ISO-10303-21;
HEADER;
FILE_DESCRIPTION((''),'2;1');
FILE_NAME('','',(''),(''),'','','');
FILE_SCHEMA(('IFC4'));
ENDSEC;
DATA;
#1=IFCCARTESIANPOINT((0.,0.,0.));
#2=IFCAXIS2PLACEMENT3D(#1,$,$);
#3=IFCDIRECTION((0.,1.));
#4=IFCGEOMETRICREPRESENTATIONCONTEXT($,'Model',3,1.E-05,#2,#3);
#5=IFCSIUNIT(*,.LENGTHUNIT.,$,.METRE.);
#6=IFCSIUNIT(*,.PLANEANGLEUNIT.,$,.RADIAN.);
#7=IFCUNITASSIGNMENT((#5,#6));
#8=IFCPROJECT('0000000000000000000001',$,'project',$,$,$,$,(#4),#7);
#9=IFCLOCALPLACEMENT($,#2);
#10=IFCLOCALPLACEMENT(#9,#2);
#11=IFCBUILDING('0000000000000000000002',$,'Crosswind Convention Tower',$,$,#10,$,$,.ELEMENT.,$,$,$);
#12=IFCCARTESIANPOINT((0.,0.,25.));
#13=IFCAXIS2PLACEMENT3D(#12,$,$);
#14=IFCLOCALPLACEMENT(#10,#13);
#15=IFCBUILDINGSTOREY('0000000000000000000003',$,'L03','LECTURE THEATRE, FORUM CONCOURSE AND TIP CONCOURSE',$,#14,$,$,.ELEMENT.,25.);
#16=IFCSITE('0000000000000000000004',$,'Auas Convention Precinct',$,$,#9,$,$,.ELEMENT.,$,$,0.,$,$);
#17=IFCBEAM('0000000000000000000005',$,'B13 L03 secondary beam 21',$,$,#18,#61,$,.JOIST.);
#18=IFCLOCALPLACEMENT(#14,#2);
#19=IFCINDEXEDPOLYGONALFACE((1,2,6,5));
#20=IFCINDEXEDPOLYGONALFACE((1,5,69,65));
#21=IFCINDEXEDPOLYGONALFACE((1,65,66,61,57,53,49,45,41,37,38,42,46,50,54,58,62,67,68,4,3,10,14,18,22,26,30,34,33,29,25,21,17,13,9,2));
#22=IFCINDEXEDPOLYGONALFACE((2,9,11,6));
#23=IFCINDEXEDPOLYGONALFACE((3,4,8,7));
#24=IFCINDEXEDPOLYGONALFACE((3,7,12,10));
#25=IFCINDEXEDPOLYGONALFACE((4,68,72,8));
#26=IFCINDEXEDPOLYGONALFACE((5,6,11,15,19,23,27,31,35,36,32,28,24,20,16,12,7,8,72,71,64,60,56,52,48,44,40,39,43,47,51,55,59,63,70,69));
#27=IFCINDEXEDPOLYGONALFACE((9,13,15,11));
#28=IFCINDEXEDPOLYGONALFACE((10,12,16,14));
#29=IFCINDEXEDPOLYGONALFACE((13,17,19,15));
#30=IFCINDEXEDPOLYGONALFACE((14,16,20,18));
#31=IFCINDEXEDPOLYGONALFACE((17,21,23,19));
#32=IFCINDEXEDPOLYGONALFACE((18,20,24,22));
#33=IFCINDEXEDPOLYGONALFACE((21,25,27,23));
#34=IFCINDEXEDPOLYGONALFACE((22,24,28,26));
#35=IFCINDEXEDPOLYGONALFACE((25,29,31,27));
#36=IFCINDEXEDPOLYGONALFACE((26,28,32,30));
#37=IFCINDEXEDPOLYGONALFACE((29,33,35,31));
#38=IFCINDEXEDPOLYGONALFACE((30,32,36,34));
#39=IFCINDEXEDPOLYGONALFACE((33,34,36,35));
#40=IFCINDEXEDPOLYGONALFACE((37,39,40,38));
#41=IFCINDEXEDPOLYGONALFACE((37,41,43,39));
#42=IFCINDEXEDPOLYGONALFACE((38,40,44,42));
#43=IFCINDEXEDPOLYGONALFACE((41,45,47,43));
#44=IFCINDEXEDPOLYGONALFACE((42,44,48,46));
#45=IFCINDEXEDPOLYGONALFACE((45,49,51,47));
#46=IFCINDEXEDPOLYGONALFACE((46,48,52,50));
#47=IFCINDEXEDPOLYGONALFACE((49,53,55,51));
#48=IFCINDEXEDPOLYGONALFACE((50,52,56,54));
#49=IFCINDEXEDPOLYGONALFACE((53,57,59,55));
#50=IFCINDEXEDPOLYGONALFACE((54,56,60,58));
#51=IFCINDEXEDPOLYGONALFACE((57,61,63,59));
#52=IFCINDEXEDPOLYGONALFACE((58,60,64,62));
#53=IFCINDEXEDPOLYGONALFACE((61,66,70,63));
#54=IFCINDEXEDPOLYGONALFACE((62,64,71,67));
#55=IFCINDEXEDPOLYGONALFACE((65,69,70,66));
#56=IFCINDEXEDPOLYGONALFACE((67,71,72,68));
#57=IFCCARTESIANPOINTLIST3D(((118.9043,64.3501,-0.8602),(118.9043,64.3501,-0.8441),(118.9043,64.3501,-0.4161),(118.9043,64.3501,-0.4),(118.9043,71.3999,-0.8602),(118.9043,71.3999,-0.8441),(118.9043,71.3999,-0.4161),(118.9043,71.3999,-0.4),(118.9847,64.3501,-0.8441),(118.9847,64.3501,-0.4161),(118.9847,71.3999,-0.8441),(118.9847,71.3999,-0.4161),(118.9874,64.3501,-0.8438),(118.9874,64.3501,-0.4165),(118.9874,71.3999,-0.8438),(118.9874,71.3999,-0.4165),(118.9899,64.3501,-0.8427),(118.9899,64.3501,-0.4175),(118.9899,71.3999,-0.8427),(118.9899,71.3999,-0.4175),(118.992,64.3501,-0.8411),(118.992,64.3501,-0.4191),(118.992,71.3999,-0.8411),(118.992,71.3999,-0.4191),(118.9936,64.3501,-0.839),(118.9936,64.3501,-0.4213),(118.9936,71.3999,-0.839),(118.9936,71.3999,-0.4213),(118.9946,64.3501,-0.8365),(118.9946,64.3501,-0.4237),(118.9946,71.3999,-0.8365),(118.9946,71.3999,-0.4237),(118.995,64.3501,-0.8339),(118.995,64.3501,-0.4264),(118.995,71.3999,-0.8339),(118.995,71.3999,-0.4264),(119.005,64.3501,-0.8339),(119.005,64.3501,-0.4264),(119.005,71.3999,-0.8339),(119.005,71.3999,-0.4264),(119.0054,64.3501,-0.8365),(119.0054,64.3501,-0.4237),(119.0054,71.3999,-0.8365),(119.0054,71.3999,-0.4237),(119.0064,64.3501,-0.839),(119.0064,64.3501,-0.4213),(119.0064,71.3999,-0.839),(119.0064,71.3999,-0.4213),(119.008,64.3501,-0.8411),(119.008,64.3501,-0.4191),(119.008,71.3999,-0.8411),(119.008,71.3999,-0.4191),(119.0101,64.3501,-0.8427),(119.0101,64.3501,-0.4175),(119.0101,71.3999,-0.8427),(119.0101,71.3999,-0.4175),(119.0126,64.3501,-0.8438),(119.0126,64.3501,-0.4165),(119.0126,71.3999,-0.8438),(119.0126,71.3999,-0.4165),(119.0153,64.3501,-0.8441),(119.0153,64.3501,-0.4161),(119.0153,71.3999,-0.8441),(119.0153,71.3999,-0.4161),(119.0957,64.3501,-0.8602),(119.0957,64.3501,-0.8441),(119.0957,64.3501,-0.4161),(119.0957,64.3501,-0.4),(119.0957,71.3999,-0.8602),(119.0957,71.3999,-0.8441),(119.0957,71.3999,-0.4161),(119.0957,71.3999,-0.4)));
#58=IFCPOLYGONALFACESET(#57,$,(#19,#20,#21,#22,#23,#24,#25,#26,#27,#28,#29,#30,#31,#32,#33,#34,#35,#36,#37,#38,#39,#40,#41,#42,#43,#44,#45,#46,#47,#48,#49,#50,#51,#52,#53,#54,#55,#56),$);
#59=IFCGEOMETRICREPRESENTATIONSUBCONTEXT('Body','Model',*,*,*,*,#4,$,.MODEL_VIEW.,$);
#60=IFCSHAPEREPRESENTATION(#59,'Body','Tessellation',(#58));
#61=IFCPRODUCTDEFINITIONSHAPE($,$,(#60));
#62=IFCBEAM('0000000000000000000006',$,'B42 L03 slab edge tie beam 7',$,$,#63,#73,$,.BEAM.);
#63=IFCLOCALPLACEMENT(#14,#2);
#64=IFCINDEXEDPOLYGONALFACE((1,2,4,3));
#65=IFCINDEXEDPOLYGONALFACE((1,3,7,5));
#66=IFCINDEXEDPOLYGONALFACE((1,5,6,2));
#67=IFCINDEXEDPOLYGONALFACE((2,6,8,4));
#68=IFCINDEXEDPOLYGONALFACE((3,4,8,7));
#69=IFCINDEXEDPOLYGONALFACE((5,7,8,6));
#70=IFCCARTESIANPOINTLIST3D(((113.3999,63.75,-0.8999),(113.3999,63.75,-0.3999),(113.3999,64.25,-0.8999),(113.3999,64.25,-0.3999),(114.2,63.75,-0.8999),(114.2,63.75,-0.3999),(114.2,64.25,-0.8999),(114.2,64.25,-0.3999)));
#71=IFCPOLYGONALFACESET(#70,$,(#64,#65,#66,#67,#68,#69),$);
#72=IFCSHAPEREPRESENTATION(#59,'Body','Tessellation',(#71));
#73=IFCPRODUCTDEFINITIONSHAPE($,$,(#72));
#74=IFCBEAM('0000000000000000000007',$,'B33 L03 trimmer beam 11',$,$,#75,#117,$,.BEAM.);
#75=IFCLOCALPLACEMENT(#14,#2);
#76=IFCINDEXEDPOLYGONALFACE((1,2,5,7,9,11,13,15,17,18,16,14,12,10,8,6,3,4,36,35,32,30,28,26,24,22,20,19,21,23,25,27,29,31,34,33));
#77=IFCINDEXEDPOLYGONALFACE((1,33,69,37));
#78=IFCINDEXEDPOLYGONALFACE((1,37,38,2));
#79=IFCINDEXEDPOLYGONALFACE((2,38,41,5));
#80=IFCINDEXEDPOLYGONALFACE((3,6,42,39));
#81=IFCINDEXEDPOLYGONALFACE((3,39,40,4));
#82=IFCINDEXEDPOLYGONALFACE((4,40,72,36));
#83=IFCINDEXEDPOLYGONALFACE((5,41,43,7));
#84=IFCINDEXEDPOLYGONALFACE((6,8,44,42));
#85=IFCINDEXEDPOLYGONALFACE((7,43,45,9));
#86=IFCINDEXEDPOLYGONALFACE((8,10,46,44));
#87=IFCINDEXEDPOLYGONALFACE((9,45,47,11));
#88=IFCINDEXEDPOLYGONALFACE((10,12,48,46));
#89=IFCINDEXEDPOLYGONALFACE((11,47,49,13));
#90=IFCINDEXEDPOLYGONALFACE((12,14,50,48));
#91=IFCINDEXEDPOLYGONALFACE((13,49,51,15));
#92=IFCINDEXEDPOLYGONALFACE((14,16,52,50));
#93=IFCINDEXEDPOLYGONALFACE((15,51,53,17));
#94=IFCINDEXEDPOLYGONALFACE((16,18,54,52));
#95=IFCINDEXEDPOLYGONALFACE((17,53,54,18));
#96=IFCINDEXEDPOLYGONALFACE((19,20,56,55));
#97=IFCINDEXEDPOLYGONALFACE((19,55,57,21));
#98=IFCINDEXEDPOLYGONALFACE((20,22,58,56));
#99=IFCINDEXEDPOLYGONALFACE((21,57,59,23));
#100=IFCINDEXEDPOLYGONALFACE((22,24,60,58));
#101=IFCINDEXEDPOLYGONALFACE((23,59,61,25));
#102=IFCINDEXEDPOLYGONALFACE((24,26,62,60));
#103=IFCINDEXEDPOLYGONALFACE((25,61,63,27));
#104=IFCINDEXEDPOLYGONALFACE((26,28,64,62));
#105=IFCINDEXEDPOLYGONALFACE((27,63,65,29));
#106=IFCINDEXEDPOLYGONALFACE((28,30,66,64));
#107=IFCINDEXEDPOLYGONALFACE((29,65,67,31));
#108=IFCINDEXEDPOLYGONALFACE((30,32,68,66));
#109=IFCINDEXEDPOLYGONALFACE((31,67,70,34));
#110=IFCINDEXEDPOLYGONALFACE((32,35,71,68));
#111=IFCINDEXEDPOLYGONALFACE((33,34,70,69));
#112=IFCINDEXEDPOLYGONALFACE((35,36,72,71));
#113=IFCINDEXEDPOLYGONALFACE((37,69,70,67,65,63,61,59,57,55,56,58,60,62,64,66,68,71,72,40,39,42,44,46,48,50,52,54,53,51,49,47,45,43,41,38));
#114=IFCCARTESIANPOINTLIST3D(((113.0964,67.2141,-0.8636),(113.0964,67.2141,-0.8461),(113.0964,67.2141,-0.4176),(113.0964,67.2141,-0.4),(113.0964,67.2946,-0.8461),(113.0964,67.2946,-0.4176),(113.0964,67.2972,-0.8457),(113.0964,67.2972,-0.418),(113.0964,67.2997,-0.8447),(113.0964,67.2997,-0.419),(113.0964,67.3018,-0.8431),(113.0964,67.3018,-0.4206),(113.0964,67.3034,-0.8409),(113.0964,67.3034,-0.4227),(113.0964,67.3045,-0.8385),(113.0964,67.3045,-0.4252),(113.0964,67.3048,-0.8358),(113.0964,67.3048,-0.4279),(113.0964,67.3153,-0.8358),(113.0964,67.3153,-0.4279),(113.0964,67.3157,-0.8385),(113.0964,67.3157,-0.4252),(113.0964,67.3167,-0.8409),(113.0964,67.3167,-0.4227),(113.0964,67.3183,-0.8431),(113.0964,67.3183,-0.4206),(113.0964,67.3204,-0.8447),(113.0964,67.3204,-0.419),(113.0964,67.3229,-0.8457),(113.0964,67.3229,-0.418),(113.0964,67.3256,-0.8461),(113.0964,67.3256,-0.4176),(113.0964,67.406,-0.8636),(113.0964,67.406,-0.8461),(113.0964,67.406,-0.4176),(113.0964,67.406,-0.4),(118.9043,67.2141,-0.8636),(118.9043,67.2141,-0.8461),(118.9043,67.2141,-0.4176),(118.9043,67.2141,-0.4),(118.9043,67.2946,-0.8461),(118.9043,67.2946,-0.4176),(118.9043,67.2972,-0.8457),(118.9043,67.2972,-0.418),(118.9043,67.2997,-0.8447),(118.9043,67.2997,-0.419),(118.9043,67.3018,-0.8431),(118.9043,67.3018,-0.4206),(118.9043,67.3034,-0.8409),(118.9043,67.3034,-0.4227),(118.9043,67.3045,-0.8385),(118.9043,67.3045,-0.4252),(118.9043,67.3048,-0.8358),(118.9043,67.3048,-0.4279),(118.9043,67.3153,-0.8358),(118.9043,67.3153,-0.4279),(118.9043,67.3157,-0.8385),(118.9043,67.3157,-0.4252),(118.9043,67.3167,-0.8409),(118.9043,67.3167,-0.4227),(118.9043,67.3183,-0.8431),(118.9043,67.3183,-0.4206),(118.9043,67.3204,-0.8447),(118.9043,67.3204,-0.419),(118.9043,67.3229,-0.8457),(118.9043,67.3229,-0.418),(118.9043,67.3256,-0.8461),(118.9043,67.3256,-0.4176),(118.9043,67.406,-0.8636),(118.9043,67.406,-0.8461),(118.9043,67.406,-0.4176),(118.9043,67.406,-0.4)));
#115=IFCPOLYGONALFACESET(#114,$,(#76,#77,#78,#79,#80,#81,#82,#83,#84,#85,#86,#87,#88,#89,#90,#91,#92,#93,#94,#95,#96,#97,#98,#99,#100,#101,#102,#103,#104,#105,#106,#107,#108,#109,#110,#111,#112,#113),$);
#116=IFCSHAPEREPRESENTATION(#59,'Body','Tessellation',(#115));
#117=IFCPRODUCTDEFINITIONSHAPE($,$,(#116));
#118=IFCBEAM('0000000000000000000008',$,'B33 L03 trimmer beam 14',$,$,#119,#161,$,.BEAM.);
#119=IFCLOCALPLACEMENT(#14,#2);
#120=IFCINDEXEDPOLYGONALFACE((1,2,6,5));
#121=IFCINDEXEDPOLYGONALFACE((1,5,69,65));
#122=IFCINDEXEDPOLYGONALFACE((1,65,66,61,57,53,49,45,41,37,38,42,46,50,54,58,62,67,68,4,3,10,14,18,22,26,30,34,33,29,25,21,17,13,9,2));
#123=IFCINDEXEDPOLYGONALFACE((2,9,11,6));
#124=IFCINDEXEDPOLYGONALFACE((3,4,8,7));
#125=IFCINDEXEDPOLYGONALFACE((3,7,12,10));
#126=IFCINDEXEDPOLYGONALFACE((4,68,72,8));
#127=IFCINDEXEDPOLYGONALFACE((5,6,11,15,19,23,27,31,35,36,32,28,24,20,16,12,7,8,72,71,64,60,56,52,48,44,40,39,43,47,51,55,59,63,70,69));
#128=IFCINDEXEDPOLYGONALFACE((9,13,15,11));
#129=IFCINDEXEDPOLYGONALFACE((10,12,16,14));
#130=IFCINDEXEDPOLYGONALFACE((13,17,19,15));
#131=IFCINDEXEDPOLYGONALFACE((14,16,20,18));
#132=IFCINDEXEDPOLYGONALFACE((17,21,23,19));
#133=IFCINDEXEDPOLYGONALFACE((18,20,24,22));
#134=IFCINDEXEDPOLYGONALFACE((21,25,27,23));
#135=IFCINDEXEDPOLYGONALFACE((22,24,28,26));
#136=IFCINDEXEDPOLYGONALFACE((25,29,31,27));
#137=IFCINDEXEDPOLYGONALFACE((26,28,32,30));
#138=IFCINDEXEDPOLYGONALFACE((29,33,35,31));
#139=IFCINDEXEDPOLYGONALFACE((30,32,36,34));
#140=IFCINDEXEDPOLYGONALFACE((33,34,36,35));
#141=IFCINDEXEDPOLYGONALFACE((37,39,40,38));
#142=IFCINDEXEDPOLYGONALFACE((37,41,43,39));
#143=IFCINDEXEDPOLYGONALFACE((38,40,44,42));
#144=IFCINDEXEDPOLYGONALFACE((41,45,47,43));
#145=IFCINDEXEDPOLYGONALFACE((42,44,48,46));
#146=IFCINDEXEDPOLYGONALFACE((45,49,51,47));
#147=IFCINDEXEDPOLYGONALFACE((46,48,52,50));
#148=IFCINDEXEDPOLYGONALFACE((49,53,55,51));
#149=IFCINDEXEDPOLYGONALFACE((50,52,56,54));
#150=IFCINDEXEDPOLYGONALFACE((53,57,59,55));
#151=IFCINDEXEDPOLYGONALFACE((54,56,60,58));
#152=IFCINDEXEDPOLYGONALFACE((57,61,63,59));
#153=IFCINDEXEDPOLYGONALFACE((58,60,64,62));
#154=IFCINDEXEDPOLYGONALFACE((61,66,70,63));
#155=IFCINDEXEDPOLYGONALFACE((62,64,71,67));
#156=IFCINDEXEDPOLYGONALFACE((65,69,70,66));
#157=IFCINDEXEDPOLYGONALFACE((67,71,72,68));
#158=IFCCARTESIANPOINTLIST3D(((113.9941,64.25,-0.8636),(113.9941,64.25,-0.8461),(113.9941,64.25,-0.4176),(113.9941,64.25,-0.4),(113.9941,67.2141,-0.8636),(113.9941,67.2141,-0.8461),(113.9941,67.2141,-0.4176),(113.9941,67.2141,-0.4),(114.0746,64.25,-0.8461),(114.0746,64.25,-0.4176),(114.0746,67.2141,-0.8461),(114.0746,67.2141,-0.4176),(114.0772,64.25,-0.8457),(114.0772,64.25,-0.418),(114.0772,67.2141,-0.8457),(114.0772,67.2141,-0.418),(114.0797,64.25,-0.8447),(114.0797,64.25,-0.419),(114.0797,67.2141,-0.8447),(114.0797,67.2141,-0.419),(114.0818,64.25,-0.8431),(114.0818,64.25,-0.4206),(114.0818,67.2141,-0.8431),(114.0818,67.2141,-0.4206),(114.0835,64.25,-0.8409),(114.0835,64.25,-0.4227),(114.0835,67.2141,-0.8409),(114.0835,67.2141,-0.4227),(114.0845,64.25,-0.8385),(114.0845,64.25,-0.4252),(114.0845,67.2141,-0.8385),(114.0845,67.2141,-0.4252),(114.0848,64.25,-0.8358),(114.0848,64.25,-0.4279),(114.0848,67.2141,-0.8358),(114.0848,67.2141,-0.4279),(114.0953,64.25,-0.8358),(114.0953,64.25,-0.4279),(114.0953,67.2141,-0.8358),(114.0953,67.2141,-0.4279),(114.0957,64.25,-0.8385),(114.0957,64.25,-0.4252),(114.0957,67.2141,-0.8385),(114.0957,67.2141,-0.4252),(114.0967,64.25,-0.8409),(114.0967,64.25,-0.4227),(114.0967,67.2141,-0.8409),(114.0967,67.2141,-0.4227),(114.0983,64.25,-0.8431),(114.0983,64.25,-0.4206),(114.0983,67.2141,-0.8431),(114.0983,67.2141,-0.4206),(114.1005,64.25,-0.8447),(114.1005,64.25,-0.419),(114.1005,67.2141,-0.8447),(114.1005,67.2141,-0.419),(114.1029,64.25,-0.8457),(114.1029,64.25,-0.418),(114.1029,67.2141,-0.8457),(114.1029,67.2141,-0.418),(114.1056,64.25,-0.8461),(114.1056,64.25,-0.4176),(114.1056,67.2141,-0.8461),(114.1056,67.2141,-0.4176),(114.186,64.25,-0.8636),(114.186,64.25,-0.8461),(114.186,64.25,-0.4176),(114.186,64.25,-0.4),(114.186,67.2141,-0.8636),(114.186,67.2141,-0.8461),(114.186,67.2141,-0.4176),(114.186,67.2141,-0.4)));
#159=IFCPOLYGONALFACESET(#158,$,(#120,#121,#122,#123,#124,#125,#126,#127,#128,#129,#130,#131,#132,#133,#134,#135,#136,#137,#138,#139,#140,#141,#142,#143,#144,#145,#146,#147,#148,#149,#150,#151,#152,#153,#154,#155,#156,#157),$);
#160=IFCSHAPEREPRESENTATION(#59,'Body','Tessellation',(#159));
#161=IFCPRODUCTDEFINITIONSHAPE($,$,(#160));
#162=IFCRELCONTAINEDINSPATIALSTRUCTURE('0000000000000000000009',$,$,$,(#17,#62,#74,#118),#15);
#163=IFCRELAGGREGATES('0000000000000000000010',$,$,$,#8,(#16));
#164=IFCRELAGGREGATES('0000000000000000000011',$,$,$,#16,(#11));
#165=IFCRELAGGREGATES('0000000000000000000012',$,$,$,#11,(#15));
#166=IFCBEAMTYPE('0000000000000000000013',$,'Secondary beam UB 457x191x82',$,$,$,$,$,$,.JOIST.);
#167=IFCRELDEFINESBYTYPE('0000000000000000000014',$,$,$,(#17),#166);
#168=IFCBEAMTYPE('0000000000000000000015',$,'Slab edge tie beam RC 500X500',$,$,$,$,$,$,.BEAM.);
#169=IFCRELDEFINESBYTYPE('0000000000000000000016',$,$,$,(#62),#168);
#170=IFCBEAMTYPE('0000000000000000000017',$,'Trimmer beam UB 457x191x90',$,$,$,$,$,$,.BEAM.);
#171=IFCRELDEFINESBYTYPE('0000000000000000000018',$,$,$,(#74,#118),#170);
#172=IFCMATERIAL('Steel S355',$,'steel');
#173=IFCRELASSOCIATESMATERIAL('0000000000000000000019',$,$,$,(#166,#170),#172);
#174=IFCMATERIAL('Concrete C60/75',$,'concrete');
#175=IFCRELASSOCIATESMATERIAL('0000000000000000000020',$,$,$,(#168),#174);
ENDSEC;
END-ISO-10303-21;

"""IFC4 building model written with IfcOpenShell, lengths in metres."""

from ifc_helpers import new_model, si_unit, direction, frame, origin, origin_2d, place, context, subcontext, project, spatial, rectangle, i_section, extrude, material, material_profile, profile_set, type_object, element, save


model = new_model("IFC4")

# Units and contexts
model_context = context("Model", 3, precision=1e-05, world=origin(), true_north=direction((0.0, 1.0)))
body_context = subcontext(model_context, "Body", "Model", "MODEL_VIEW")
ifc_project = project(units=[si_unit("LENGTHUNIT", "METRE"), si_unit("PLANEANGLEUNIT", "RADIAN")], contexts=[model_context])

# Site, building, storey
site_placement = place(None, origin())
site = spatial("IfcSite", under=ifc_project, at=site_placement, Name="Auas Convention Precinct", CompositionType="ELEMENT", RefElevation=0.0)
building_placement = place(site_placement, origin())
building = spatial("IfcBuilding", under=site, at=building_placement, Name="Crosswind Convention Tower", CompositionType="ELEMENT")
storey_placement = place(building_placement, frame((0.0, 0.0, 25.0)))
storey = spatial("IfcBuildingStorey", under=building, at=storey_placement, Name="L03", Description="LECTURE THEATRE, FORUM CONCOURSE AND TIP CONCOURSE", CompositionType="ELEMENT", Elevation=25.0)

# Shared definitions
ifc_material_1 = material(Name="Concrete C60/75", Category="concrete")

# Shared definitions
ifc_material_2 = material(Name="Steel S355", Category="steel")

# Beams
ifc_material_profile_1 = material_profile(ifc_material_2, i_section(OverallWidth=0.1914, OverallDepth=0.4602, WebThickness=0.01, FlangeThickness=0.0161, FilletRadius=0.0103, at=origin_2d()), Name="UB 457x191x82")
ifc_profile_set_1 = profile_set([ifc_material_profile_1], Name="Steel S355")
beam_type_1 = type_object("IfcBeamType", Name="Secondary beam UB 457x191x82", PredefinedType="JOIST", material=ifc_profile_set_1)
beam_1_placement = place(storey_placement, frame((119.0, 64.3501, -0.6301), z_axis=(0.0, 1.0, 0.0), x_axis=(-1.0, 0.0, 0.0)))
element("IfcBeam", 1, at=beam_1_placement, inside=storey, type_object=beam_type_1, Name="B13 L03 secondary beam 21", PredefinedType="JOIST", context=body_context, shape_type="SweptSolid", body=[
    extrude(i_section(OverallWidth=0.1914, OverallDepth=0.4602, WebThickness=0.01, FlangeThickness=0.0161, FilletRadius=0.0103, at=origin_2d()), origin(), (0.0, 0.0, 1.0), 7.0498),
])
ifc_material_profile_2 = material_profile(ifc_material_1, rectangle(XDim=0.5, YDim=0.5, at=origin_2d()), Name="RC 500X500")
ifc_profile_set_2 = profile_set([ifc_material_profile_2], Name="Concrete C60/75")
beam_type_2 = type_object("IfcBeamType", Name="Slab edge tie beam RC 500X500", PredefinedType="BEAM", material=ifc_profile_set_2)
beam_2_placement = place(storey_placement, frame((113.3999, 64.0, -0.6499), z_axis=(1.0, 0.0, 0.0), x_axis=(0.0, 1.0, 0.0)))
element("IfcBeam", 2, at=beam_2_placement, inside=storey, type_object=beam_type_2, Name="B42 L03 slab edge tie beam 7", PredefinedType="BEAM", context=body_context, shape_type="SweptSolid", body=[
    extrude(rectangle(XDim=0.5, YDim=0.5, at=origin_2d()), origin(), (0.0, 0.0, 1.0), 0.8),
])
ifc_material_profile_3 = material_profile(ifc_material_2, i_section(OverallWidth=0.1919, OverallDepth=0.4636, WebThickness=0.0105, FlangeThickness=0.0176, FilletRadius=0.0103, at=origin_2d()), Name="UB 457x191x90")
ifc_profile_set_3 = profile_set([ifc_material_profile_3], Name="Steel S355")
beam_type_3 = type_object("IfcBeamType", Name="Trimmer beam UB 457x191x90", PredefinedType="BEAM", material=ifc_profile_set_3)
beam_3_placement = place(storey_placement, frame((113.0964, 67.3101, -0.6318), z_axis=(1.0, 0.0, 0.0), x_axis=(0.0, 1.0, 0.0)))
element("IfcBeam", 3, at=beam_3_placement, inside=storey, type_object=beam_type_3, Name="B33 L03 trimmer beam 11", PredefinedType="BEAM", context=body_context, shape_type="SweptSolid", body=[
    extrude(i_section(OverallWidth=0.1919, OverallDepth=0.4636, WebThickness=0.0105, FlangeThickness=0.0176, FilletRadius=0.0103, at=origin_2d()), origin(), (0.0, 0.0, 1.0), 5.8079),
])
beam_4_placement = place(storey_placement, frame((114.0901, 67.2141, -0.6318), z_axis=(0.0, -1.0, 0.0), x_axis=(1.0, 0.0, 0.0)))
element("IfcBeam", 4, at=beam_4_placement, inside=storey, type_object=beam_type_3, Name="B33 L03 trimmer beam 14", PredefinedType="BEAM", context=body_context, shape_type="SweptSolid", body=[
    extrude(i_section(OverallWidth=0.1919, OverallDepth=0.4636, WebThickness=0.0105, FlangeThickness=0.0176, FilletRadius=0.0103, at=origin_2d()), origin(), (0.0, 0.0, 1.0), 2.9641),
])

save(model, "model.ifc")
